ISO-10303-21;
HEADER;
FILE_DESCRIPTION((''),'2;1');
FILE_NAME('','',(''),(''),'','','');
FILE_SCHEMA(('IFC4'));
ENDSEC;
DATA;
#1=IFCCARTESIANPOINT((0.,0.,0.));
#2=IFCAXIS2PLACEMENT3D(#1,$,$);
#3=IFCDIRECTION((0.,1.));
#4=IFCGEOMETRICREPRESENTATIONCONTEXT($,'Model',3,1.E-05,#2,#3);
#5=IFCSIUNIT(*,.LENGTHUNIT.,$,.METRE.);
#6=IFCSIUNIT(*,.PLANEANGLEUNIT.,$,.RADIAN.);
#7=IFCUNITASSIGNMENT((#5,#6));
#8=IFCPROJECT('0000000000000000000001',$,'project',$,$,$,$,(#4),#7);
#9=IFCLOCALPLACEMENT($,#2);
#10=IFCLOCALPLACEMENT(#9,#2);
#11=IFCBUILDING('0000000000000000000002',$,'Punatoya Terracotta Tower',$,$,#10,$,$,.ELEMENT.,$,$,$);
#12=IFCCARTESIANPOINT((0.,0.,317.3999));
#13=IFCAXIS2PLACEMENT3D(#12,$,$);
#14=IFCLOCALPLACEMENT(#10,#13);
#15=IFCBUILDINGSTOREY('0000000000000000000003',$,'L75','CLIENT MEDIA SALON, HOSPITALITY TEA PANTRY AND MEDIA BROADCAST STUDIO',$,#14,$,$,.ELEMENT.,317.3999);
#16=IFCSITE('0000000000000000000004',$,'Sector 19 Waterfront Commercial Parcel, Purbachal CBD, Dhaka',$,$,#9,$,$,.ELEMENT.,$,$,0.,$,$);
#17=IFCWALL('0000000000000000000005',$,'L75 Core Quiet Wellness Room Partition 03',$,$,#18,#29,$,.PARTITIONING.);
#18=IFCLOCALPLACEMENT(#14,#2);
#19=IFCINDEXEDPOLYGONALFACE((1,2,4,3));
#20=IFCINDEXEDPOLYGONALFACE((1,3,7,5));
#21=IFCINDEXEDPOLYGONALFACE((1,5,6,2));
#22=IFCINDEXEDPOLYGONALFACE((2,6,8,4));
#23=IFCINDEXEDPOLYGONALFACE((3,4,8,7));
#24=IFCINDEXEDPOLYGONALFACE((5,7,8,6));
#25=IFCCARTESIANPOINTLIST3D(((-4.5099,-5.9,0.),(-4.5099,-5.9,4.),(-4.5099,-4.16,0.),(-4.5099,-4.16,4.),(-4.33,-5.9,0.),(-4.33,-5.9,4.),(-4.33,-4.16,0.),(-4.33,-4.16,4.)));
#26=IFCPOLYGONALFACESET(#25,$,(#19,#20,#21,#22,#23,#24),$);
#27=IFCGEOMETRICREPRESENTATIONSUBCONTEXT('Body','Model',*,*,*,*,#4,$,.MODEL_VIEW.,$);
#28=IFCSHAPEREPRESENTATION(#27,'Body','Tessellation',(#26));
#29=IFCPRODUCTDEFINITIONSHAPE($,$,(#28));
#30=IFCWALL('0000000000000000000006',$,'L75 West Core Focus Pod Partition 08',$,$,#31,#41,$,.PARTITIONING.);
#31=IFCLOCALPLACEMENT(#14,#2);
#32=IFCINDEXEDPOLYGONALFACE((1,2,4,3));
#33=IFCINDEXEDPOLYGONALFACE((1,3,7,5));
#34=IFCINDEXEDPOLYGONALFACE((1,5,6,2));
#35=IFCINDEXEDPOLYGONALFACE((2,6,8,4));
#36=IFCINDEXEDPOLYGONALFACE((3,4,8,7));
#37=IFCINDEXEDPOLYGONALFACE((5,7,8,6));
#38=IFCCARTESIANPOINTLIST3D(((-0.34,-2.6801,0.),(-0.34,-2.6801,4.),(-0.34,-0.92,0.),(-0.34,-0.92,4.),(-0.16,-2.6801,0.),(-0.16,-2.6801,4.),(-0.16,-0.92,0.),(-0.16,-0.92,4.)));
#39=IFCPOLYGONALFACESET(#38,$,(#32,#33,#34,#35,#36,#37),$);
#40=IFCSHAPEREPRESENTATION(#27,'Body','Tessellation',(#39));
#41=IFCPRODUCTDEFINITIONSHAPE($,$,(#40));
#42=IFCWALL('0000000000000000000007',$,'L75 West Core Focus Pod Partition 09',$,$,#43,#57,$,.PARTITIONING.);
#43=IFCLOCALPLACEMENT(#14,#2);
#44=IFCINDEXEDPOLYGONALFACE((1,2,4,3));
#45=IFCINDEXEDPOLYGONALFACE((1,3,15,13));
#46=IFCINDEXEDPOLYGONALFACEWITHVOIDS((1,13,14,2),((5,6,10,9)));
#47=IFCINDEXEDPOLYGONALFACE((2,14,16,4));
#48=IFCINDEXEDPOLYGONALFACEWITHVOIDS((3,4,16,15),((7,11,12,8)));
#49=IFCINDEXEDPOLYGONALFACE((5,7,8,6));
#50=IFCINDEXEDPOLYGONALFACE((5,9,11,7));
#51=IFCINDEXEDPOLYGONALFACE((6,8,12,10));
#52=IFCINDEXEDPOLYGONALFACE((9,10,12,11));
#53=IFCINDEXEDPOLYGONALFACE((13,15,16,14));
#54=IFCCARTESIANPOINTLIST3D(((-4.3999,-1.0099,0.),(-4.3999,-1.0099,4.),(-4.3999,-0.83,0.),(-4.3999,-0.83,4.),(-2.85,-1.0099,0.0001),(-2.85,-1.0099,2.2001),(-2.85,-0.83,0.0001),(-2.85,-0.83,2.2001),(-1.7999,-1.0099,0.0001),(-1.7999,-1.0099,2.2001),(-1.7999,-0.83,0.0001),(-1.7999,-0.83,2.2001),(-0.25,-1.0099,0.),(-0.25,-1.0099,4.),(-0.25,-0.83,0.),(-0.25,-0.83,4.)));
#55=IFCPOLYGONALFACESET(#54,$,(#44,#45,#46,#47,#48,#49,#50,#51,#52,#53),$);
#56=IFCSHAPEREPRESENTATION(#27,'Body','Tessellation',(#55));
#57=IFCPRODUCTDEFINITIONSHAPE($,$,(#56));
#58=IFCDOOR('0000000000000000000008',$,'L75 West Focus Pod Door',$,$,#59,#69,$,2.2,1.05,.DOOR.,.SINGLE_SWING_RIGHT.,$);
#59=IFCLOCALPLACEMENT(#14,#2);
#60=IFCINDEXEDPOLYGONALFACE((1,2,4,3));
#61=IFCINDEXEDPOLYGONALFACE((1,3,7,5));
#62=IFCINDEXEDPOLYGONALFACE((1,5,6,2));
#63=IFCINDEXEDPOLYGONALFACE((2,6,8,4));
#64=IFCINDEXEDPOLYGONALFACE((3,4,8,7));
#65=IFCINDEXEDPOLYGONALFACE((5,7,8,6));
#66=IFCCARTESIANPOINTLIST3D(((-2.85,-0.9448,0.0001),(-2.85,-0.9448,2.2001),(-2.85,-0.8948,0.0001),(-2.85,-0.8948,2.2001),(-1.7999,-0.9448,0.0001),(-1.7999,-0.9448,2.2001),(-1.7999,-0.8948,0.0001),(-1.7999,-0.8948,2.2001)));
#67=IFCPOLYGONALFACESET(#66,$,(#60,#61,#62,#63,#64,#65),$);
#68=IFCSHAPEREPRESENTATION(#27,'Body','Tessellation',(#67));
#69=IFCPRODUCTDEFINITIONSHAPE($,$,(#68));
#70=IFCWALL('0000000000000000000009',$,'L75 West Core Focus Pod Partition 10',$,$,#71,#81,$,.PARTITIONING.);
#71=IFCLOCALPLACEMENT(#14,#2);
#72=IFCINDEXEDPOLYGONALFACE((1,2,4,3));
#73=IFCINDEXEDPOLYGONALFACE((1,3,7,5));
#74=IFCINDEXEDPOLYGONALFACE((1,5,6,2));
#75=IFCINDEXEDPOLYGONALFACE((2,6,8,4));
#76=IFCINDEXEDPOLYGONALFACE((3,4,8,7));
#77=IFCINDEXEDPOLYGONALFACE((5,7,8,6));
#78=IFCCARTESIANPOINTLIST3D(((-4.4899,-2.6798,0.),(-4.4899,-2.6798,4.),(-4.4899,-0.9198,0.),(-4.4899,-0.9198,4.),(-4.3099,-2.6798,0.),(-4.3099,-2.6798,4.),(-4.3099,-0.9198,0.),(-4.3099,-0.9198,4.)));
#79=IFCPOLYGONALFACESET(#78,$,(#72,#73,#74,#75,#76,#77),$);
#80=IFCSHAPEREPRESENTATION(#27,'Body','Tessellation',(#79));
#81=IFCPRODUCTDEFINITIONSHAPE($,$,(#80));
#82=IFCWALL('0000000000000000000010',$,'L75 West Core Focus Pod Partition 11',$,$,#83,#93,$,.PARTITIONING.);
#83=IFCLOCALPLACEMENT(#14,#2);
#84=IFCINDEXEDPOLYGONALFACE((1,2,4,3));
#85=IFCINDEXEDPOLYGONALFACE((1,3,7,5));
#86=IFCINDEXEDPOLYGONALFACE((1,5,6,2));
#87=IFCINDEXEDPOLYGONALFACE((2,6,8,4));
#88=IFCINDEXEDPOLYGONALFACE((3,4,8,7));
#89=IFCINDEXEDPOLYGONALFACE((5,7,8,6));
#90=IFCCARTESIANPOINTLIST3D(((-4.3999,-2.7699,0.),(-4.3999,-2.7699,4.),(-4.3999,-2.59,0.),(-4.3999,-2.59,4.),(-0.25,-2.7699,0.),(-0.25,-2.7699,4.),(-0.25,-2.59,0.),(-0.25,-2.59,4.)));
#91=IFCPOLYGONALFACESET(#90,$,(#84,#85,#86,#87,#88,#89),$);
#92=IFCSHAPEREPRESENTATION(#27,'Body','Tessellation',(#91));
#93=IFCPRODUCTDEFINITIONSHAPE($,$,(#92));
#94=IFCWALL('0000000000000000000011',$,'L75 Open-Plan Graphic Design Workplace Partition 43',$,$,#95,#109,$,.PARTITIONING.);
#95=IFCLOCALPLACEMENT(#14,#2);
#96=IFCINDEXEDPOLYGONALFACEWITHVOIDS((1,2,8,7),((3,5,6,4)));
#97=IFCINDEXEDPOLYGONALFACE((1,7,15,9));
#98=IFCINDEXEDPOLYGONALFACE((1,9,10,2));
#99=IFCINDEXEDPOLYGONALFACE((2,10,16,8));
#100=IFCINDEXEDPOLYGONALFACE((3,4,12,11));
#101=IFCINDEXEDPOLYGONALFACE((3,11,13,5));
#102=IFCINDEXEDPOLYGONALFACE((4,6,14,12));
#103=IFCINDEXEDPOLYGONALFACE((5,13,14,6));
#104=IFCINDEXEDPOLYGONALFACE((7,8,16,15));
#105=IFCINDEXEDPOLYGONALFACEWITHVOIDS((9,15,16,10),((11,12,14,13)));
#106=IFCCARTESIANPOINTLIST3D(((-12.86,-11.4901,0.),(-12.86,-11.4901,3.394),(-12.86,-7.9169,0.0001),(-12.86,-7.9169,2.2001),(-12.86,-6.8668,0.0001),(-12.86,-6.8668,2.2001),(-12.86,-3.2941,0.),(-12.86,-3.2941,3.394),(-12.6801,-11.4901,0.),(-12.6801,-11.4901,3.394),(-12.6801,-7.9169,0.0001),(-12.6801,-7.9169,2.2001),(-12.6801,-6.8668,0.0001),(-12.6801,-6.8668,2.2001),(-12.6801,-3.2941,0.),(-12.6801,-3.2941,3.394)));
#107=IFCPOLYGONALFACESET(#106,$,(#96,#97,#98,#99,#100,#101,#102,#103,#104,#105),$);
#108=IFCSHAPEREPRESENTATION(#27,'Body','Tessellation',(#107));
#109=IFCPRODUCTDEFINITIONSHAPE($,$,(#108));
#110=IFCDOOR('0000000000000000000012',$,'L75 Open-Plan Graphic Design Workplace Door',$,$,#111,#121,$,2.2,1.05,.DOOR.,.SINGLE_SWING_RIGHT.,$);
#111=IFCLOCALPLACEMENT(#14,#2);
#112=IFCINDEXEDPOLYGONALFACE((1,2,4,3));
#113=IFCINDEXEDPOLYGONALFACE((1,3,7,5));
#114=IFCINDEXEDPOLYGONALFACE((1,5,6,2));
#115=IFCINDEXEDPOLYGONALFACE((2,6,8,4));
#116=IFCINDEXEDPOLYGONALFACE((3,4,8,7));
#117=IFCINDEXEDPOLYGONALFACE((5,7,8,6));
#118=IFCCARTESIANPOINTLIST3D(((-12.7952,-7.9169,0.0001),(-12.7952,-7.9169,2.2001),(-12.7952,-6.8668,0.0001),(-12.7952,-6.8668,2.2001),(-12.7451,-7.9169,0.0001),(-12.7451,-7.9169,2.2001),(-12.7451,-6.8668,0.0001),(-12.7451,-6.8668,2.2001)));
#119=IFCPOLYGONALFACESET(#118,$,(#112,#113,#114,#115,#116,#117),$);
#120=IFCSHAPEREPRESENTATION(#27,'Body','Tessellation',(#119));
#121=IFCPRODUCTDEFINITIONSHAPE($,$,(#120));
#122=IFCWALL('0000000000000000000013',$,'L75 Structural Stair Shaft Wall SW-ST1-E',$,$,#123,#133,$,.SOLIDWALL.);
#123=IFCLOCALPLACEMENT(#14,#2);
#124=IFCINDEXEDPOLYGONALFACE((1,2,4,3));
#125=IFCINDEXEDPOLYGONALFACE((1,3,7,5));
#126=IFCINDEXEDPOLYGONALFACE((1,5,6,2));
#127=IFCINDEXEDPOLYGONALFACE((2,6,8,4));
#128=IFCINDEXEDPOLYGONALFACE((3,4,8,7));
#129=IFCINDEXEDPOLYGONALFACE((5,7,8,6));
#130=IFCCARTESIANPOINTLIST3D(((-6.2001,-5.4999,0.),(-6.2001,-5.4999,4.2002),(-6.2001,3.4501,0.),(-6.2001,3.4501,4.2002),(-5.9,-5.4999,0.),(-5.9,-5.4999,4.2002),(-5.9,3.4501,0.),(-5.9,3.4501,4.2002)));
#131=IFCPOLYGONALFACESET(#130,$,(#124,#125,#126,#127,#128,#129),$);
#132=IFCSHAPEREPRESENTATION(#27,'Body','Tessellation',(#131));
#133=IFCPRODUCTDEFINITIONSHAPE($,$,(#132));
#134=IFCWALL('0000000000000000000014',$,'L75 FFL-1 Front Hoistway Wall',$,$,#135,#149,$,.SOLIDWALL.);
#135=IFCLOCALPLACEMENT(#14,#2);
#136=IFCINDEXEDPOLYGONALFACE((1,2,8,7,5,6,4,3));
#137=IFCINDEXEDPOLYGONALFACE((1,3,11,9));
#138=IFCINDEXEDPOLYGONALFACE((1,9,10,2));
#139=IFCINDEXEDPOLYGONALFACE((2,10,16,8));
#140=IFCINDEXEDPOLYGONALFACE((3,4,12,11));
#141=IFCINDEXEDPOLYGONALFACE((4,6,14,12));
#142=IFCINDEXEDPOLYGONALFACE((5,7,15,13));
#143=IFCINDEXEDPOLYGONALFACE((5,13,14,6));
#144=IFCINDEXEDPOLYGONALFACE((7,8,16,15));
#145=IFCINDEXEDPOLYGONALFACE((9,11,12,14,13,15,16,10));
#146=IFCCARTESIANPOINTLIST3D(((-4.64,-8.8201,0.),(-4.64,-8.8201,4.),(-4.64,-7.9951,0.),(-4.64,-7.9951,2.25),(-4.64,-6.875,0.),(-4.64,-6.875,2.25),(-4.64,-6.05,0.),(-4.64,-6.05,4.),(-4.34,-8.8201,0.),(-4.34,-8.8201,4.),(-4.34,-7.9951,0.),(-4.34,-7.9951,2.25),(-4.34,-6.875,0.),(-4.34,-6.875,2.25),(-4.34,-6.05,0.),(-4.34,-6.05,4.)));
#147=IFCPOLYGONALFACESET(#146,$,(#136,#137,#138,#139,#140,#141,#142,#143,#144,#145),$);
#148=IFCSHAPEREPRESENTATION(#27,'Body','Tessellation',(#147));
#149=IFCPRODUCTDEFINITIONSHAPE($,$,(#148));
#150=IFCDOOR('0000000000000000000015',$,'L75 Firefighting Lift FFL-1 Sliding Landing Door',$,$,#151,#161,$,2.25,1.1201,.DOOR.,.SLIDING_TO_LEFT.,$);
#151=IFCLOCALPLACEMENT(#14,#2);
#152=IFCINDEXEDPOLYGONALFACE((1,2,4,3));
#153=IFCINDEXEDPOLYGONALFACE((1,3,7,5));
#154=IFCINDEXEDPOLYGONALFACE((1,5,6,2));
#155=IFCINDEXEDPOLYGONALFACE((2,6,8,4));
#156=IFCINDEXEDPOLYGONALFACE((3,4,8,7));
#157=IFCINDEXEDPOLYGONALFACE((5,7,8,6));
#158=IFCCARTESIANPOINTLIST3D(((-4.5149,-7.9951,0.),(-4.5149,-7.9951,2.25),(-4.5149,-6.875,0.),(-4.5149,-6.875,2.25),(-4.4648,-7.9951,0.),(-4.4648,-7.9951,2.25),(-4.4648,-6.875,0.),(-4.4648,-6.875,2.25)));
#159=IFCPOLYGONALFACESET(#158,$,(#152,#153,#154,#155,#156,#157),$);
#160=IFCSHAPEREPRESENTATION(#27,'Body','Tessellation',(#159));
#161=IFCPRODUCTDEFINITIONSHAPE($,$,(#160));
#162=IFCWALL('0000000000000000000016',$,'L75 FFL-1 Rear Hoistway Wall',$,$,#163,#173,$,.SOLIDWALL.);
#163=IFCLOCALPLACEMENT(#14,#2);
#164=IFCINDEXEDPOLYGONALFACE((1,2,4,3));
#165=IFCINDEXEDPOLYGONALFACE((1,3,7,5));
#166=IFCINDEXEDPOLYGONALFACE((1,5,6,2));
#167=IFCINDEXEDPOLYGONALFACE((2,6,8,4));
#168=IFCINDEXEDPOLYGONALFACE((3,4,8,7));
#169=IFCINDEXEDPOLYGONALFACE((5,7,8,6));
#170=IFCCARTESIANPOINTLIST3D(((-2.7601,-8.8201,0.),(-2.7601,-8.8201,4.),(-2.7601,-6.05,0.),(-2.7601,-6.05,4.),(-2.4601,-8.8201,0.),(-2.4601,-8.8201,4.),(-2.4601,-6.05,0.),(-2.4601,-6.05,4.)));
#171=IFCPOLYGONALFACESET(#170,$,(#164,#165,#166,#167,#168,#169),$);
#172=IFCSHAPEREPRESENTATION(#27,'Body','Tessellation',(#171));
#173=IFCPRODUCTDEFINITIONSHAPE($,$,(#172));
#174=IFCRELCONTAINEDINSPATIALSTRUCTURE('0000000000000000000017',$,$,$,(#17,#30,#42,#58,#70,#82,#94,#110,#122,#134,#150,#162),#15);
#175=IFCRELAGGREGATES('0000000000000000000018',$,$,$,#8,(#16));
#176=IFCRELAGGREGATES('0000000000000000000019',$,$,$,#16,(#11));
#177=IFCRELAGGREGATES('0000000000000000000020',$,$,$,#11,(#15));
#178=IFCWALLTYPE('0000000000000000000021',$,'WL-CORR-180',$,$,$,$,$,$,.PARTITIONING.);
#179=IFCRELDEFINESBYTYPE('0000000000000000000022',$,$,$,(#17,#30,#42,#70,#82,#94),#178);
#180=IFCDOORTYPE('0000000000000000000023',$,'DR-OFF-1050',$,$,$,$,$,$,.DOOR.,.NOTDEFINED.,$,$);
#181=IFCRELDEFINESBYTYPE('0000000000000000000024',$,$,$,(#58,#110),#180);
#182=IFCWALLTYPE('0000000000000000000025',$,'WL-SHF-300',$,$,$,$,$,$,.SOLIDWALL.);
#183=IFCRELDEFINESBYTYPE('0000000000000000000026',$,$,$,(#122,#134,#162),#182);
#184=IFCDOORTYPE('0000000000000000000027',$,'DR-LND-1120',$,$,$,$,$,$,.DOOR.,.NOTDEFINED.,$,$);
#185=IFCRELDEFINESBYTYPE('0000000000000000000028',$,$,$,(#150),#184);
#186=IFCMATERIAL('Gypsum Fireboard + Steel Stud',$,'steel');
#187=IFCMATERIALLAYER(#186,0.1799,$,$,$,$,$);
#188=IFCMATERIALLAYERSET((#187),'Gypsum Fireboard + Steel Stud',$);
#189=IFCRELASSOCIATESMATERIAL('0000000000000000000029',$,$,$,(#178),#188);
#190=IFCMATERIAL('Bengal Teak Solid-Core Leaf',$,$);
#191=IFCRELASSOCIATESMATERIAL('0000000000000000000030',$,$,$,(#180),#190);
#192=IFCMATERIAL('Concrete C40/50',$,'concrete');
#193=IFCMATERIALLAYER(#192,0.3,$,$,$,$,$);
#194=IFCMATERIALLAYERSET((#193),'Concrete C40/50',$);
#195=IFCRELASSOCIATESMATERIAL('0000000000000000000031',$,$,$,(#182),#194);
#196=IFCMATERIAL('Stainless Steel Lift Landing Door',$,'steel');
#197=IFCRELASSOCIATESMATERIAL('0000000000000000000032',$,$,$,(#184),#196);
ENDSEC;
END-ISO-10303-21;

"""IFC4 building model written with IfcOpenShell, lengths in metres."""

from ifc_helpers import new_model, si_unit, direction, frame, frame_2d, origin, place, context, subcontext, project, spatial, rectangle, extrude, material, layer, layer_set, type_object, element, fill, save


model = new_model("IFC4")

# Units and contexts
model_context = context("Model", 3, precision=1e-05, world=origin(), true_north=direction((0.0, 1.0)))
body_context = subcontext(model_context, "Body", "Model", "MODEL_VIEW")
ifc_project = project(units=[si_unit("LENGTHUNIT", "METRE"), si_unit("PLANEANGLEUNIT", "RADIAN")], contexts=[model_context])

# Site, building, storey
site_placement = place(None, origin())
site = spatial("IfcSite", under=ifc_project, at=site_placement, Name="Sector 19 Waterfront Commercial Parcel, Purbachal CBD, Dhaka", CompositionType="ELEMENT", RefElevation=0.0)
building_placement = place(site_placement, origin())
building = spatial("IfcBuilding", under=site, at=building_placement, Name="Punatoya Terracotta Tower", CompositionType="ELEMENT")
storey_placement = place(building_placement, frame((0.0, 0.0, 317.3999)))
storey = spatial("IfcBuildingStorey", under=building, at=storey_placement, Name="L75", Description="CLIENT MEDIA SALON, HOSPITALITY TEA PANTRY AND MEDIA BROADCAST STUDIO", CompositionType="ELEMENT", Elevation=317.3999)

# Shared definitions
ifc_material_1 = material(Name="Concrete C40/50", Category="concrete")

# Shared definitions
ifc_material_2 = material(Name="Gypsum Fireboard + Steel Stud", Category="steel")
ifc_layer_1 = layer(ifc_material_2, 0.1799)
ifc_layer_set_1 = layer_set([ifc_layer_1], Name="Gypsum Fireboard + Steel Stud")
wall_type_1 = type_object("IfcWallType", Name="WL-CORR-180", PredefinedType="PARTITIONING", material=ifc_layer_set_1)

# Shared definitions
ifc_material_3 = material(Name="Bengal Teak Solid-Core Leaf")
door_type_1 = type_object("IfcDoorType", Name="DR-OFF-1050", OperationType="NOTDEFINED", PredefinedType="DOOR", material=ifc_material_3)

# Walls
wall_1_placement = place(storey_placement, frame((-4.4199, -4.1599, 0.0), z_axis=(0.0, 0.0, 1.0), x_axis=(0.0, -1.0, 0.0)))
element("IfcWall", 1, at=wall_1_placement, inside=storey, type_object=wall_type_1, Name="L75 Core Quiet Wellness Room Partition 03", PredefinedType="PARTITIONING", context=body_context, shape_type="SweptSolid", body=[
    extrude(rectangle(XDim=1.74, YDim=0.1799, at=frame_2d((0.8701, 0.0))), origin(), (0.0, 0.0, 1.0), 4.0),
])
wall_2_placement = place(storey_placement, frame((-0.25, -2.6799, 0.0), z_axis=(0.0, 0.0, 1.0), x_axis=(0.0, 1.0, 0.0)))
element("IfcWall", 2, at=wall_2_placement, inside=storey, type_object=wall_type_1, Name="L75 West Core Focus Pod Partition 08", PredefinedType="PARTITIONING", context=body_context, shape_type="SweptSolid", body=[
    extrude(rectangle(XDim=1.76, YDim=0.1799, at=frame_2d((0.8799, 0.0))), origin(), (0.0, 0.0, 1.0), 4.0),
])

# Wall, opening, door
wall_3_placement = place(storey_placement, frame((-0.25, -0.9199, 0.0), z_axis=(0.0, 0.0, 1.0), x_axis=(-1.0, 0.0, 0.0)))
wall_3 = element("IfcWall", 3, at=wall_3_placement, inside=storey, type_object=wall_type_1, Name="L75 West Core Focus Pod Partition 09", PredefinedType="PARTITIONING", context=body_context, shape_type="SweptSolid", body=[
    extrude(rectangle(XDim=4.1499, YDim=0.1799, at=frame_2d((2.075, 0.0))), origin(), (0.0, 0.0, 1.0), 4.0),
])
opening_1_placement = place(wall_3_placement, frame((1.55, 0.0, 0.0)))
opening_1 = element("IfcOpeningElement", 4, at=opening_1_placement, cuts=wall_3, PredefinedType="OPENING", context=body_context, shape_type="SweptSolid", body=[
    extrude(rectangle(XDim=1.05, YDim=2.2, at=frame_2d((0.5249, 1.1001))), frame((0.0, 0.0999, 0.0), z_axis=(0.0, -1.0, 0.0), x_axis=(1.0, 0.0, 0.0)), (0.0, 0.0, 1.0), 0.2),
])
door_1_placement = place(opening_1_placement, origin())
door_1 = element("IfcDoor", 5, at=door_1_placement, inside=storey, type_object=door_type_1, Name="L75 West Focus Pod Door", OperationType="SINGLE_SWING_RIGHT", OverallHeight=2.2, OverallWidth=1.05, PredefinedType="DOOR", context=body_context, shape_type="SweptSolid", body=[
    extrude(rectangle(XDim=1.05, YDim=2.2, at=frame_2d((0.5249, 1.1001))), frame((0.0, 0.0249, 0.0), z_axis=(0.0, -1.0, 0.0), x_axis=(1.0, 0.0, 0.0)), (0.0, 0.0, 1.0), 0.05),
])
fill(opening_1, door_1)

# Walls
wall_4_placement = place(storey_placement, frame((-4.3999, -0.9199, 0.0), z_axis=(0.0, 0.0, 1.0), x_axis=(0.0, -1.0, 0.0)))
element("IfcWall", 6, at=wall_4_placement, inside=storey, type_object=wall_type_1, Name="L75 West Core Focus Pod Partition 10", PredefinedType="PARTITIONING", context=body_context, shape_type="SweptSolid", body=[
    extrude(rectangle(XDim=1.76, YDim=0.1799, at=frame_2d((0.8799, 0.0))), origin(), (0.0, 0.0, 1.0), 4.0),
])
wall_5_placement = place(storey_placement, frame((-4.3999, -2.6799, 0.0), z_axis=(0.0, 0.0, 1.0), x_axis=(1.0, 0.0, 0.0)))
element("IfcWall", 7, at=wall_5_placement, inside=storey, type_object=wall_type_1, Name="L75 West Core Focus Pod Partition 11", PredefinedType="PARTITIONING", context=body_context, shape_type="SweptSolid", body=[
    extrude(rectangle(XDim=4.1499, YDim=0.1799, at=frame_2d((2.075, 0.0))), origin(), (0.0, 0.0, 1.0), 4.0),
])

# Wall, opening, door
wall_6_placement = place(storey_placement, frame((-12.77, -3.2939, 0.0), z_axis=(0.0, 0.0, 1.0), x_axis=(0.0, -1.0, 0.0)))
wall_6 = element("IfcWall", 8, at=wall_6_placement, inside=storey, type_object=wall_type_1, Name="L75 Open-Plan Graphic Design Workplace Partition 43", PredefinedType="PARTITIONING", context=body_context, shape_type="SweptSolid", body=[
    extrude(rectangle(XDim=8.196, YDim=0.1799, at=frame_2d((4.0981, 0.0))), origin(), (0.0, 0.0, 1.0), 3.394),
])
opening_2_placement = place(wall_6_placement, frame((3.573, 0.0, 0.0)))
opening_2 = element("IfcOpeningElement", 9, at=opening_2_placement, cuts=wall_6, PredefinedType="OPENING", context=body_context, shape_type="SweptSolid", body=[
    extrude(rectangle(XDim=1.05, YDim=2.2, at=frame_2d((0.5249, 1.1001))), frame((0.0, 0.0999, 0.0), z_axis=(0.0, -1.0, 0.0), x_axis=(1.0, 0.0, 0.0)), (0.0, 0.0, 1.0), 0.2),
])
door_2_placement = place(opening_2_placement, origin())
door_2 = element("IfcDoor", 10, at=door_2_placement, inside=storey, type_object=door_type_1, Name="L75 Open-Plan Graphic Design Workplace Door", OperationType="SINGLE_SWING_RIGHT", OverallHeight=2.2, OverallWidth=1.05, PredefinedType="DOOR", context=body_context, shape_type="SweptSolid", body=[
    extrude(rectangle(XDim=1.05, YDim=2.2, at=frame_2d((0.5249, 1.1001))), frame((0.0, 0.0249, 0.0), z_axis=(0.0, -1.0, 0.0), x_axis=(1.0, 0.0, 0.0)), (0.0, 0.0, 1.0), 0.05),
])
fill(opening_2, door_2)

# Wall
ifc_layer_2 = layer(ifc_material_1, 0.3)
ifc_layer_set_2 = layer_set([ifc_layer_2], Name="Concrete C40/50")
wall_type_2 = type_object("IfcWallType", Name="WL-SHF-300", PredefinedType="SOLIDWALL", material=ifc_layer_set_2)
wall_7_placement = place(storey_placement, frame((-6.05, -5.5, 0.0), z_axis=(0.0, 0.0, 1.0), x_axis=(0.0, 1.0, 0.0)))
element("IfcWall", 11, at=wall_7_placement, inside=storey, type_object=wall_type_2, Name="L75 Structural Stair Shaft Wall SW-ST1-E", PredefinedType="SOLIDWALL", context=body_context, shape_type="SweptSolid", body=[
    extrude(rectangle(XDim=8.95, YDim=0.3, at=frame_2d((4.4751, 0.0))), origin(), (0.0, 0.0, 1.0), 4.2002),
])

# Wall, opening, door
wall_8_placement = place(storey_placement, frame((-4.49, -8.8201, 0.0), z_axis=(0.0, 0.0, 1.0), x_axis=(0.0, 1.0, 0.0)))
wall_8 = element("IfcWall", 12, at=wall_8_placement, inside=storey, type_object=wall_type_2, Name="L75 FFL-1 Front Hoistway Wall", PredefinedType="SOLIDWALL", context=body_context, shape_type="SweptSolid", body=[
    extrude(rectangle(XDim=2.77, YDim=0.3, at=frame_2d((1.385, 0.0))), origin(), (0.0, 0.0, 1.0), 4.0),
])
opening_3_placement = place(wall_8_placement, frame((0.825, 0.0, 0.0)))
opening_3 = element("IfcOpeningElement", 13, at=opening_3_placement, cuts=wall_8, PredefinedType="OPENING", context=body_context, shape_type="SweptSolid", body=[
    extrude(rectangle(XDim=1.1201, YDim=2.25, at=frame_2d((0.5601, 1.125))), frame((0.0, 0.1599, 0.0), z_axis=(0.0, -1.0, 0.0), x_axis=(1.0, 0.0, 0.0)), (0.0, 0.0, 1.0), 0.3201),
])
ifc_material_4 = material(Name="Stainless Steel Lift Landing Door", Category="steel")
door_type_2 = type_object("IfcDoorType", Name="DR-LND-1120", OperationType="NOTDEFINED", PredefinedType="DOOR", material=ifc_material_4)
door_3_placement = place(opening_3_placement, origin())
door_3 = element("IfcDoor", 14, at=door_3_placement, inside=storey, type_object=door_type_2, Name="L75 Firefighting Lift FFL-1 Sliding Landing Door", OperationType="SLIDING_TO_LEFT", OverallHeight=2.25, OverallWidth=1.1201, PredefinedType="DOOR", context=body_context, shape_type="SweptSolid", body=[
    extrude(rectangle(XDim=1.1201, YDim=2.25, at=frame_2d((0.5601, 1.125))), frame((0.0, 0.0249, 0.0), z_axis=(0.0, -1.0, 0.0), x_axis=(1.0, 0.0, 0.0)), (0.0, 0.0, 1.0), 0.05),
])
fill(opening_3, door_3)

# Wall
wall_9_placement = place(storey_placement, frame((-2.6101, -8.8201, 0.0), z_axis=(0.0, 0.0, 1.0), x_axis=(0.0, 1.0, 0.0)))
element("IfcWall", 15, at=wall_9_placement, inside=storey, type_object=wall_type_2, Name="L75 FFL-1 Rear Hoistway Wall", PredefinedType="SOLIDWALL", context=body_context, shape_type="SweptSolid", body=[
    extrude(rectangle(XDim=2.77, YDim=0.3, at=frame_2d((1.385, 0.0))), origin(), (0.0, 0.0, 1.0), 4.0),
])

save(model, "model.ifc")
